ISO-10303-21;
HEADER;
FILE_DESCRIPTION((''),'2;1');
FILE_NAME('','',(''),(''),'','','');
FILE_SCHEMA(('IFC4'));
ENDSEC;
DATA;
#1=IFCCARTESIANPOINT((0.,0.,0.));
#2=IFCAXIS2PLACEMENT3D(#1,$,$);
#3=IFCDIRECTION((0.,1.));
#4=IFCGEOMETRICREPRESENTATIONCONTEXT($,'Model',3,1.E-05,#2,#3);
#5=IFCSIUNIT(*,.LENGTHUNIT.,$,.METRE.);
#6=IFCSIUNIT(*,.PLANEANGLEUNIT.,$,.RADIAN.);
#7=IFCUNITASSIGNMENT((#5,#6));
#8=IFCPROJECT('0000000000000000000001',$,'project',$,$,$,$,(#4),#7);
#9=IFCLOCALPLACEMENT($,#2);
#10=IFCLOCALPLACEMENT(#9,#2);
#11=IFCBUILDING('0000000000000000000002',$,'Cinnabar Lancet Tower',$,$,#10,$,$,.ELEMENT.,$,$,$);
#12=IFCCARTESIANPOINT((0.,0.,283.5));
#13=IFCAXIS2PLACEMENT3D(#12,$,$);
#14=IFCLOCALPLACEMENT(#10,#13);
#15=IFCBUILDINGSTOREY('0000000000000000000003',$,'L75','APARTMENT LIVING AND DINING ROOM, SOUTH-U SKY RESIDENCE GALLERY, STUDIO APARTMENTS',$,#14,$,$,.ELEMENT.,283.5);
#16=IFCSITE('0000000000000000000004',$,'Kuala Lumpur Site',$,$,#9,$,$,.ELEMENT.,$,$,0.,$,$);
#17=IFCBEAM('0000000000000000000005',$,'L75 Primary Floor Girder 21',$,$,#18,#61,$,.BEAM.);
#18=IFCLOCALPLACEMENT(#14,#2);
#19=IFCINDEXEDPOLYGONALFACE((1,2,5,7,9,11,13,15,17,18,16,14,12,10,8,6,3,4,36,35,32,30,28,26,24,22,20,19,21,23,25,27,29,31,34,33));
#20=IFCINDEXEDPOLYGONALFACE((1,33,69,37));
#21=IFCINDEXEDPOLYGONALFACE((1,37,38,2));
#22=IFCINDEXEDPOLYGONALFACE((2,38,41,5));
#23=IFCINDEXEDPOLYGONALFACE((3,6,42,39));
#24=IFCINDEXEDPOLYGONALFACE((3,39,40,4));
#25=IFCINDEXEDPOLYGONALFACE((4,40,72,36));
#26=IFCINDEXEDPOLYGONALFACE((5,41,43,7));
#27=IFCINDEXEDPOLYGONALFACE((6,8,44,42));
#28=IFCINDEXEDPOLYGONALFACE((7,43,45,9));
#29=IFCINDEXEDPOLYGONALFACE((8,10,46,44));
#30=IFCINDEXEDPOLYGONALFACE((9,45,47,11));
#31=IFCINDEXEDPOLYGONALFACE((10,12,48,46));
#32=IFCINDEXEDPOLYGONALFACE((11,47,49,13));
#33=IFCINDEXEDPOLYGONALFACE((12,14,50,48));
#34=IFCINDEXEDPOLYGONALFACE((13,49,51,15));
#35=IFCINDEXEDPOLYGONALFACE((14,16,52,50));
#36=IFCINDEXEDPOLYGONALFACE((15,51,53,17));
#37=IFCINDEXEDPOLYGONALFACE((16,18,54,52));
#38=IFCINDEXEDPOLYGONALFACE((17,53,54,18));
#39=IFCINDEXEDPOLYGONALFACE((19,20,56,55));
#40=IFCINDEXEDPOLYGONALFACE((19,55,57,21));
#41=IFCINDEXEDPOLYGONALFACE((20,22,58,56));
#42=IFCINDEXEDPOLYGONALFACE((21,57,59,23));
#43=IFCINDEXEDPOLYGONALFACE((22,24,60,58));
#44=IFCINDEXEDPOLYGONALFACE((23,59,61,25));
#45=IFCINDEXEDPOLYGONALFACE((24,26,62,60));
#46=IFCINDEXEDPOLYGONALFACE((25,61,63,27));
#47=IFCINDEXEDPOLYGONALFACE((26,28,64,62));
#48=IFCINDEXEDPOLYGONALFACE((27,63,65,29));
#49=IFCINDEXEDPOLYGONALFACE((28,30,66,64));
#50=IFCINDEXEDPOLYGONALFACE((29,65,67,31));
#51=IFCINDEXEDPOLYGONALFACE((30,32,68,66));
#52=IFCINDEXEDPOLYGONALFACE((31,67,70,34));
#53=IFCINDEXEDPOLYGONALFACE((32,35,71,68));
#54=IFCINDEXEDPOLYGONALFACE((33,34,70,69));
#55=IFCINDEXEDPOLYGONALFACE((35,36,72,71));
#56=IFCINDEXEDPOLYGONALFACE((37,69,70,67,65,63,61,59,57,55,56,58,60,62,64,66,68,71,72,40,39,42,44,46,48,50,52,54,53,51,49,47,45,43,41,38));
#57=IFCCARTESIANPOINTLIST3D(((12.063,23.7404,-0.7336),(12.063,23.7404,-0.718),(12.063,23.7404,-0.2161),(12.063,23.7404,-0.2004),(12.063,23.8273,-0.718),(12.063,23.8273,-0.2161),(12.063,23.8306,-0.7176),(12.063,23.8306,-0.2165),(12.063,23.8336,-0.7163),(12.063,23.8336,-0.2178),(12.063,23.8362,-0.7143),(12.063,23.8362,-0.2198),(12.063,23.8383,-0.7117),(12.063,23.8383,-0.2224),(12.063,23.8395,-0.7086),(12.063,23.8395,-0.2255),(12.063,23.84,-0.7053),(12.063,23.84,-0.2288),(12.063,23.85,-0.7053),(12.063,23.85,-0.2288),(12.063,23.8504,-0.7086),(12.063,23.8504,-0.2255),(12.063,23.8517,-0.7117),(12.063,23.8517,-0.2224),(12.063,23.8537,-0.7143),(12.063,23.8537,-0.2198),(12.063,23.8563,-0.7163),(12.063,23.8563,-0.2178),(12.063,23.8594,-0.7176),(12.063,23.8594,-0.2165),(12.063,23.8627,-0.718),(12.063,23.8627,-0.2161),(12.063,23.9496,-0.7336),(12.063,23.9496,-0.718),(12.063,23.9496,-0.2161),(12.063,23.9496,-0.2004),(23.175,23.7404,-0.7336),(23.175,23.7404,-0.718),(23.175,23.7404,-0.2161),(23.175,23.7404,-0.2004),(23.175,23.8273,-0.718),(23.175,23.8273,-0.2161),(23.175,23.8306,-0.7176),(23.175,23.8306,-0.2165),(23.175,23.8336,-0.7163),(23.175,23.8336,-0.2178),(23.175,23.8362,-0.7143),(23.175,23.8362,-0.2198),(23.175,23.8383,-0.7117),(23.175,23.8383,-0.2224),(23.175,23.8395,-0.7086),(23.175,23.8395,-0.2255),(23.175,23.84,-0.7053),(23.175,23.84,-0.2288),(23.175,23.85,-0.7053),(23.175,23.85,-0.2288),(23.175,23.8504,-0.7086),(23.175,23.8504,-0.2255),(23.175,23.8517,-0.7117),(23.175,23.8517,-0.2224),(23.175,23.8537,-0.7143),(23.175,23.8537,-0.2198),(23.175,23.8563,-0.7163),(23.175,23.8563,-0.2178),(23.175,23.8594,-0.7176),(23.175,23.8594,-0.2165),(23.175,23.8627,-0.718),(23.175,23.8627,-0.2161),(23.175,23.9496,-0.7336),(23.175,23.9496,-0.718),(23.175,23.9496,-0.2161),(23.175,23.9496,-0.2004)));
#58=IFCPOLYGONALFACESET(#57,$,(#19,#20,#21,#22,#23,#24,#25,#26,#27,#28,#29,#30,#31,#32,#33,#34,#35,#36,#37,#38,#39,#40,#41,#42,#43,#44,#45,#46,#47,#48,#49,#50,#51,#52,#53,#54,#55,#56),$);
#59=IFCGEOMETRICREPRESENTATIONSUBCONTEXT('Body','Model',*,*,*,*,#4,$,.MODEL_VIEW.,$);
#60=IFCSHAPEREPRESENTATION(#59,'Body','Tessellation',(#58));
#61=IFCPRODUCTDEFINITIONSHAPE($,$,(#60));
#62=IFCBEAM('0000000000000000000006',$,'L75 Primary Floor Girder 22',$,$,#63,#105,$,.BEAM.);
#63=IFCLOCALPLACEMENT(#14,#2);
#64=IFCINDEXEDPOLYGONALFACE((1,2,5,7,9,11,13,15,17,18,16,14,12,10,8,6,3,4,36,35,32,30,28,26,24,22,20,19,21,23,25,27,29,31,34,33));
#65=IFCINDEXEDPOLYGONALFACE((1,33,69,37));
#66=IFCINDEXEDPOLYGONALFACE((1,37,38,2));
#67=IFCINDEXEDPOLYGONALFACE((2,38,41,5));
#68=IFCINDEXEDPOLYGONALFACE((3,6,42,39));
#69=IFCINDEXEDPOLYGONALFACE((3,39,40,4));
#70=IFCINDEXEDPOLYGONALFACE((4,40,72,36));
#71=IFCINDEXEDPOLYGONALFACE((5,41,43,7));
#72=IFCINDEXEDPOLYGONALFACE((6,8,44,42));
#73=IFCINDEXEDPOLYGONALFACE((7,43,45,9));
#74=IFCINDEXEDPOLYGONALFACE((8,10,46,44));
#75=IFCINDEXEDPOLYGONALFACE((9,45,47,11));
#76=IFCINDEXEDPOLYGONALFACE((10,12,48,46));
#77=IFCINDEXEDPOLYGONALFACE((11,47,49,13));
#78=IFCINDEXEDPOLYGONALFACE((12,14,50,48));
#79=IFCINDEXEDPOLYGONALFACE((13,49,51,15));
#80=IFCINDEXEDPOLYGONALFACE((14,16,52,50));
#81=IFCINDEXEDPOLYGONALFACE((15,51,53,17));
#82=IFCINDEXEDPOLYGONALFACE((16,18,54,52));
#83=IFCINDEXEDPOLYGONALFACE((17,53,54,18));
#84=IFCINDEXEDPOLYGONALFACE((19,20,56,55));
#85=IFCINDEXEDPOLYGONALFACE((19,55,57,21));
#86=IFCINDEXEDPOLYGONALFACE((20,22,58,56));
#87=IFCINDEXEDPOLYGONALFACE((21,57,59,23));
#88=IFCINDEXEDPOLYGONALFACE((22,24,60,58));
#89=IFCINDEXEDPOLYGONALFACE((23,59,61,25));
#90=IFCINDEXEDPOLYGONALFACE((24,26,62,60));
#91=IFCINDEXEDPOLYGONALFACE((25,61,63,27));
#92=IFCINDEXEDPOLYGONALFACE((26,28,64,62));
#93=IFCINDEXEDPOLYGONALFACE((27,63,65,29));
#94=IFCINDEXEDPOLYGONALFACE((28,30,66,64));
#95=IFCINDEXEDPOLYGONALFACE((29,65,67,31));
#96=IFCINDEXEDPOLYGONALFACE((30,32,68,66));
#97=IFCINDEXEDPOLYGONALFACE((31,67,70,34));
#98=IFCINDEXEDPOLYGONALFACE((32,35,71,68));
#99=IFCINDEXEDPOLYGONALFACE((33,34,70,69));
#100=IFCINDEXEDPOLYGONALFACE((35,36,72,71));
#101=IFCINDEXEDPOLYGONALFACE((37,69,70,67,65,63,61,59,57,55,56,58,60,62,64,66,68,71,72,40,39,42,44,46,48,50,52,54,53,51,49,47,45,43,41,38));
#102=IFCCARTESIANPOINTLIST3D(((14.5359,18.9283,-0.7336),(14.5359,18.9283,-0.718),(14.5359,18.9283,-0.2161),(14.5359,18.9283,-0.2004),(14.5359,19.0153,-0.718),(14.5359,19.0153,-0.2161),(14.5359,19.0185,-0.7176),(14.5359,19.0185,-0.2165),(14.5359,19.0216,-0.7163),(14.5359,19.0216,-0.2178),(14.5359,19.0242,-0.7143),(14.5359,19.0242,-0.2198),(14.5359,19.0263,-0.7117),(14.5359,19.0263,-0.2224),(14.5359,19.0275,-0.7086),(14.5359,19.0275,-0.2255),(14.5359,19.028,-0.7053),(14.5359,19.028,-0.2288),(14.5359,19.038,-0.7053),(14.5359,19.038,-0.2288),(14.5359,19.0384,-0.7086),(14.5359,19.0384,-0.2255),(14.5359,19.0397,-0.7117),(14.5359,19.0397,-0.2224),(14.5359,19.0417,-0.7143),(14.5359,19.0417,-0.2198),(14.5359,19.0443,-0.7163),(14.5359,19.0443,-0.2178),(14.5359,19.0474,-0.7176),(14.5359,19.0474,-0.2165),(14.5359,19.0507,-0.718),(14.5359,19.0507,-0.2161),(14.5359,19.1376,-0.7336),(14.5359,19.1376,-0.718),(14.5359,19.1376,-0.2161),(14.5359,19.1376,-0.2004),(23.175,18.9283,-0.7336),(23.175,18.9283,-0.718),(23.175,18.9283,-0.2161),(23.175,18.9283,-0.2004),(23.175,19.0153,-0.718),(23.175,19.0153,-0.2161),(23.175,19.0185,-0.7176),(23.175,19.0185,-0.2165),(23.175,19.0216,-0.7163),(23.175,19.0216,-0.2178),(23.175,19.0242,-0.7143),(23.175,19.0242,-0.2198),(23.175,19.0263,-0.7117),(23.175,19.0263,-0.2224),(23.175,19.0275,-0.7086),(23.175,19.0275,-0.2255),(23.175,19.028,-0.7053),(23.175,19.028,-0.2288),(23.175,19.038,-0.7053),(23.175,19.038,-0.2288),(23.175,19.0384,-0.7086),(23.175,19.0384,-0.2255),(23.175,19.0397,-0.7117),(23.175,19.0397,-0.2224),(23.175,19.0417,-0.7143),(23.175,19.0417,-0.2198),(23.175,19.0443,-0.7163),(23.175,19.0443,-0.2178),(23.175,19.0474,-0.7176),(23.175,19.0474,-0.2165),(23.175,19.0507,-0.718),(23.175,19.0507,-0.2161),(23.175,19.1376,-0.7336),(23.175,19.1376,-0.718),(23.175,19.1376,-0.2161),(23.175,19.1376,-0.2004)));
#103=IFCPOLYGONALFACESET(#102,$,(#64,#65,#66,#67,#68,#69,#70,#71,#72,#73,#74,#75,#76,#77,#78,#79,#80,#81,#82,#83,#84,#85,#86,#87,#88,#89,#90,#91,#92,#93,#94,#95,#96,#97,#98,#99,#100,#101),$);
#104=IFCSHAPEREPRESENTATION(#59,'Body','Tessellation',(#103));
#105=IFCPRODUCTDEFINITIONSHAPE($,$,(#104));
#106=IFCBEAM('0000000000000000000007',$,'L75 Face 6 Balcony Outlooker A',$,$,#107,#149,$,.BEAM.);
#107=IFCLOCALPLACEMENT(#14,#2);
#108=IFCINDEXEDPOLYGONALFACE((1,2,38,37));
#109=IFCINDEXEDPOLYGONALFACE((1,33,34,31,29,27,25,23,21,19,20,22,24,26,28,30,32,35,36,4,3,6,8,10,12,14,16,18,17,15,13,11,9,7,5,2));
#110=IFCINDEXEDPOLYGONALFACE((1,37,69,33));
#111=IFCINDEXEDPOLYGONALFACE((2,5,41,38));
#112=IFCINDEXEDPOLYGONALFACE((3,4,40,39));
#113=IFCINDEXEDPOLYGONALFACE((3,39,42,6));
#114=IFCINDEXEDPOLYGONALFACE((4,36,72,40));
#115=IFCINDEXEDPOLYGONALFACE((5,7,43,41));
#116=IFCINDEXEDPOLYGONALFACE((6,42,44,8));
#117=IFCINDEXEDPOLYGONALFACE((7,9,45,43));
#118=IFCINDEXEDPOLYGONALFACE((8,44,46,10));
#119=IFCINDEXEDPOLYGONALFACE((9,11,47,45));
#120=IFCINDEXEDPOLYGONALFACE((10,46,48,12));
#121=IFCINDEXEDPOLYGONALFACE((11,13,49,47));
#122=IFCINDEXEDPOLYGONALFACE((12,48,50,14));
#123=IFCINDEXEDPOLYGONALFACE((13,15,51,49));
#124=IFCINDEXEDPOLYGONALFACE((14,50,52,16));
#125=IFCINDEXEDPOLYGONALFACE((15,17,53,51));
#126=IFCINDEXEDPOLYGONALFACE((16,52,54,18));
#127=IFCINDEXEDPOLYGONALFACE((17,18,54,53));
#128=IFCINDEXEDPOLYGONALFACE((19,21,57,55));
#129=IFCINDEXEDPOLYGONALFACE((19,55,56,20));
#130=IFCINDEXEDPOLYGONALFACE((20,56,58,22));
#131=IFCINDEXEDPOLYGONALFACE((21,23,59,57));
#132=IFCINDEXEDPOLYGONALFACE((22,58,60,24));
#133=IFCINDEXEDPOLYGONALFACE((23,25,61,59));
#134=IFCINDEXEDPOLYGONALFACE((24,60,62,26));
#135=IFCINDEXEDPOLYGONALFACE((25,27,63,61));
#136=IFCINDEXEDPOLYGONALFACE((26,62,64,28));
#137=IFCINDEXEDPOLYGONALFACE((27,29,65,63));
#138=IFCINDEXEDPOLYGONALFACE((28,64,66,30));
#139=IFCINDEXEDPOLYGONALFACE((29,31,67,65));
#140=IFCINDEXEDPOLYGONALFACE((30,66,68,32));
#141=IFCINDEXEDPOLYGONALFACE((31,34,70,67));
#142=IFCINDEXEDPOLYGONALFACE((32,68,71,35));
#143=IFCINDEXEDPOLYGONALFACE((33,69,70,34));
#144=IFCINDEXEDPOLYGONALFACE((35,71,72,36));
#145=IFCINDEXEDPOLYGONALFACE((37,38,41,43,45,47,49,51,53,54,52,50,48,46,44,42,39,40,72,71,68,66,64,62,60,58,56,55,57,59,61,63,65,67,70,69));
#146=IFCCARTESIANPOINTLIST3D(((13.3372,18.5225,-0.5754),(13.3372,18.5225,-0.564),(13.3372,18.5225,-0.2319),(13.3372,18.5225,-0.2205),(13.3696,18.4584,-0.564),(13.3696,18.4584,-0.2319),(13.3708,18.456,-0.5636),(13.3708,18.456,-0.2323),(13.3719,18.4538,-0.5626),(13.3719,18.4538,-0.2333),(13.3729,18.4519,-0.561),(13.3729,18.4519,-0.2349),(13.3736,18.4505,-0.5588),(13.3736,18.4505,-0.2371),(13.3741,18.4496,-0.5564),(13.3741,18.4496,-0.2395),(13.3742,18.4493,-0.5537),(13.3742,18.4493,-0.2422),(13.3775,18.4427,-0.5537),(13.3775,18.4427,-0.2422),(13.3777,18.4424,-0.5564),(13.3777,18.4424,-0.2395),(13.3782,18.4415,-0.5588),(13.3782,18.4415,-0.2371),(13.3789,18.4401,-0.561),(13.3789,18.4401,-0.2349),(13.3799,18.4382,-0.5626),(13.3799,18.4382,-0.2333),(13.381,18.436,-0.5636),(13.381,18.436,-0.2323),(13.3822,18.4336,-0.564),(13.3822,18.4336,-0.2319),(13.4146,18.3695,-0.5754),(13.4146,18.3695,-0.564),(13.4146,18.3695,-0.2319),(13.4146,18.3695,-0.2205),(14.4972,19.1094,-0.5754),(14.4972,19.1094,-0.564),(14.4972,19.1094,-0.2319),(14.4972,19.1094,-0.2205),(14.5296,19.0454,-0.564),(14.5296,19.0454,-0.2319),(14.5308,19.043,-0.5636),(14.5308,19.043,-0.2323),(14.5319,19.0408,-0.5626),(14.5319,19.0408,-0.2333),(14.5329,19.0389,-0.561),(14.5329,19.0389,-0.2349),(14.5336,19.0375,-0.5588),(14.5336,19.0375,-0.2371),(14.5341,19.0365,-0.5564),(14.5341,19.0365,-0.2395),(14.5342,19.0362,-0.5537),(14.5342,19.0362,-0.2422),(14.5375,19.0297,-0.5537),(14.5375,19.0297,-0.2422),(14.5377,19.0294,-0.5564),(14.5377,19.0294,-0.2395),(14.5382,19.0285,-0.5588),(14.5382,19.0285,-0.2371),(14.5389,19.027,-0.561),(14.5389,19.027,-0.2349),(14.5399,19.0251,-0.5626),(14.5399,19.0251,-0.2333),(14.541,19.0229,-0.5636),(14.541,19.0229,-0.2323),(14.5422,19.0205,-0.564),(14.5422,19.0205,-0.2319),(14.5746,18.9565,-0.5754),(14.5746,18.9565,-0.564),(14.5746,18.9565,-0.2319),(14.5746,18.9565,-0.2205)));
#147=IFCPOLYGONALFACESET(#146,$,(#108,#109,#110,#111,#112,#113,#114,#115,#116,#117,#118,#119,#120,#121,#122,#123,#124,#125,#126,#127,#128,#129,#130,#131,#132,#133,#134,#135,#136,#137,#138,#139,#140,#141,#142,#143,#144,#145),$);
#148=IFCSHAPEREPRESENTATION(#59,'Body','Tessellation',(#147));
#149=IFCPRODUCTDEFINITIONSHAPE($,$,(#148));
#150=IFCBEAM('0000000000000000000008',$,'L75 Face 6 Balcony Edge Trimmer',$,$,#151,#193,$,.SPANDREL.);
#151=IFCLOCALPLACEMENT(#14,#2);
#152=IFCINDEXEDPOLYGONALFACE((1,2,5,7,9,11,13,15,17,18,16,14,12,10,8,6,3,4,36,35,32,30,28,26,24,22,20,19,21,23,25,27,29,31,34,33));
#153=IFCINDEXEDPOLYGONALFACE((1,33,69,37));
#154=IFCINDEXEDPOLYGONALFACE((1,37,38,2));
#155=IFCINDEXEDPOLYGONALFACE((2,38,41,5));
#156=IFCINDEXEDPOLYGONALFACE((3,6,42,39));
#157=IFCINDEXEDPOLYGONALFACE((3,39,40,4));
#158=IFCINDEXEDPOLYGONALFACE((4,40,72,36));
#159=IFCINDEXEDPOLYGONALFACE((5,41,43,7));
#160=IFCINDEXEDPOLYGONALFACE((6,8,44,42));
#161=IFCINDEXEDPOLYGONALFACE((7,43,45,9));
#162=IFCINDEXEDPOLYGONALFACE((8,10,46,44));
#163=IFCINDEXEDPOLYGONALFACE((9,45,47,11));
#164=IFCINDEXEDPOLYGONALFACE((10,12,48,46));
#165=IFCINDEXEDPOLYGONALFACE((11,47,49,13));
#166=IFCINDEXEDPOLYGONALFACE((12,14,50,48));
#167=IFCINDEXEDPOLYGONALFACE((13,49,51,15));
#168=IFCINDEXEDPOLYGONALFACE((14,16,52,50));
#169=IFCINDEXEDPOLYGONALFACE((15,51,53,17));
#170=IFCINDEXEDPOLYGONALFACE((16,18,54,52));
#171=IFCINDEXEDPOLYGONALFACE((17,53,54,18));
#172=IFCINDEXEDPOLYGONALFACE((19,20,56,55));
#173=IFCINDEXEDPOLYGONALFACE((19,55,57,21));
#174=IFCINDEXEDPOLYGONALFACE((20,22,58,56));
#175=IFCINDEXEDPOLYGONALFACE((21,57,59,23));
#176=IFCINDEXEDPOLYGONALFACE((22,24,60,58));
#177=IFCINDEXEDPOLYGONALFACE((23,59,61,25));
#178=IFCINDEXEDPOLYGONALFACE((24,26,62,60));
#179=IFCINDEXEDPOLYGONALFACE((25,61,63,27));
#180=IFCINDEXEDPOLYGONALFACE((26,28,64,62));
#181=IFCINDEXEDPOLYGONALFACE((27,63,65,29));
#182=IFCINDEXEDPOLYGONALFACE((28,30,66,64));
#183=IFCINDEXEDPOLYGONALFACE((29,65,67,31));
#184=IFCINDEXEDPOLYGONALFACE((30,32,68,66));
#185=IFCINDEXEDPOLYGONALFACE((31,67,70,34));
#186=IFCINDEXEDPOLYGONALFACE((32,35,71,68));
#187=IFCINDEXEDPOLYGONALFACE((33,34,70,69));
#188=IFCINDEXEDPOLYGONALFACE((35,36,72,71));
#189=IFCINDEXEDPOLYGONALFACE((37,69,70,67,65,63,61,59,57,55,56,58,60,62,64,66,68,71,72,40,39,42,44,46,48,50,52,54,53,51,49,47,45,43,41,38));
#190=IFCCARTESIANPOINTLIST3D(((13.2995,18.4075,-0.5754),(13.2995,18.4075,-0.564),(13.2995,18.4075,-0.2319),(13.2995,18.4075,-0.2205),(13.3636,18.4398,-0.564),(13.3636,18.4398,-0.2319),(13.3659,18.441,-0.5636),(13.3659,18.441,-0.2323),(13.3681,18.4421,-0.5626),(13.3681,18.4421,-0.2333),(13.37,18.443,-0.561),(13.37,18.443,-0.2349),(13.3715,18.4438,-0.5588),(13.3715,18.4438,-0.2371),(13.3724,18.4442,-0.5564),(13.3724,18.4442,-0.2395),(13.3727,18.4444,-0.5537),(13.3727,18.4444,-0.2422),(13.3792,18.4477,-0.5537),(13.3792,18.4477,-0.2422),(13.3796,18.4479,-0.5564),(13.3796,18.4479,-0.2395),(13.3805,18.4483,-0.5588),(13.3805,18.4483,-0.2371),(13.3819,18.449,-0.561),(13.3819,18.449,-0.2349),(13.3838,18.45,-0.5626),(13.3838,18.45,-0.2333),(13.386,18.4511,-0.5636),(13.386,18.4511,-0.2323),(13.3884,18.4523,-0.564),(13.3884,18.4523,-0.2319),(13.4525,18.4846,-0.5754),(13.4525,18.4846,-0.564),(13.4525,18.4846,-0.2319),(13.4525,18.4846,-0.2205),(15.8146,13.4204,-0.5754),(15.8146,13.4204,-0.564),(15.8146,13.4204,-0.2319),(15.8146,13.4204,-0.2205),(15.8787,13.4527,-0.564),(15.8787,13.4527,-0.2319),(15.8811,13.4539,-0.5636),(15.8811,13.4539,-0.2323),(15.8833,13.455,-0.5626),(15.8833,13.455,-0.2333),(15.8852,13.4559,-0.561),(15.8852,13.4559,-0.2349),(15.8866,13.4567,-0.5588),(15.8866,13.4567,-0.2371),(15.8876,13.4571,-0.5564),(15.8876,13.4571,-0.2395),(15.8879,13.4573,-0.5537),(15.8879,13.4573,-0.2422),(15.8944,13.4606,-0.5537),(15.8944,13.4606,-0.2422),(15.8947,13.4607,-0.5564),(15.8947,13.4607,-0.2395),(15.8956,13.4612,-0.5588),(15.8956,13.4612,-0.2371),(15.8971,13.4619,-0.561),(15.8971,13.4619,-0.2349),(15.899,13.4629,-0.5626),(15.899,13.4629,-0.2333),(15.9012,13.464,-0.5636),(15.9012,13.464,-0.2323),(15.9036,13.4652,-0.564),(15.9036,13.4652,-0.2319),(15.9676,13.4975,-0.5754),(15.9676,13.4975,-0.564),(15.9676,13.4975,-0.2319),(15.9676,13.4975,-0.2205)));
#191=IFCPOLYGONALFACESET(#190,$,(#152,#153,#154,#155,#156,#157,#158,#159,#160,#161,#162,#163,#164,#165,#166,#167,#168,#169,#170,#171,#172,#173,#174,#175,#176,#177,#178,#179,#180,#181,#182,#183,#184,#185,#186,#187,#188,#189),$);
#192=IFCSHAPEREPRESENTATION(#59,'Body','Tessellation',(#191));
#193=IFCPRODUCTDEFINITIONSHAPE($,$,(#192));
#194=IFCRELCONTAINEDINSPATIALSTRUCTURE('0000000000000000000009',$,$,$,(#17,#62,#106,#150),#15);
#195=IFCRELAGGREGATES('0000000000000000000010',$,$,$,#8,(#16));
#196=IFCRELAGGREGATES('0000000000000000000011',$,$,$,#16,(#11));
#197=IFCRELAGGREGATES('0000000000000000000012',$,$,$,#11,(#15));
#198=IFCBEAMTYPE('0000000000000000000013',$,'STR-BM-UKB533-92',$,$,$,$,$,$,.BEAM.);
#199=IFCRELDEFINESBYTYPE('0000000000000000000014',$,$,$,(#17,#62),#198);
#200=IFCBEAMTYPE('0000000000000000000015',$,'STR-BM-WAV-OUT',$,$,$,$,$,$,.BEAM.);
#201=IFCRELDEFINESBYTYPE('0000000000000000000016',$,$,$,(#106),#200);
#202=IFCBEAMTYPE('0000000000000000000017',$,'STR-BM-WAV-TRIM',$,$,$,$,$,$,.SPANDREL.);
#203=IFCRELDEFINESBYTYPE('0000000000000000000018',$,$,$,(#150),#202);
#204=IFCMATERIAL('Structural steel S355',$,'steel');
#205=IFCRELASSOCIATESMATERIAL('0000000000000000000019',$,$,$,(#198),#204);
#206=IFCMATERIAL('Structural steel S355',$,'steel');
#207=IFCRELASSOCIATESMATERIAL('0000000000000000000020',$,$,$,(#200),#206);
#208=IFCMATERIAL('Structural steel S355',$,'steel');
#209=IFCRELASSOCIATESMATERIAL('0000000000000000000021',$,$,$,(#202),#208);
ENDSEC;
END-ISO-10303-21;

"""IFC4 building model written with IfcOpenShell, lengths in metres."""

from ifc_helpers import new_model, si_unit, direction, frame, origin, origin_2d, place, context, subcontext, project, spatial, i_section, extrude, material, material_profile, profile_set, type_object, element, save


model = new_model("IFC4")

# Units and contexts
model_context = context("Model", 3, precision=1e-05, world=origin(), true_north=direction((0.0, 1.0)))
body_context = subcontext(model_context, "Body", "Model", "MODEL_VIEW")
ifc_project = project(units=[si_unit("LENGTHUNIT", "METRE"), si_unit("PLANEANGLEUNIT", "RADIAN")], contexts=[model_context])

# Site, building, storey
site_placement = place(None, origin())
site = spatial("IfcSite", under=ifc_project, at=site_placement, Name="Kuala Lumpur Site", CompositionType="ELEMENT", RefElevation=0.0)
building_placement = place(site_placement, origin())
building = spatial("IfcBuilding", under=site, at=building_placement, Name="Cinnabar Lancet Tower", CompositionType="ELEMENT")
storey_placement = place(building_placement, frame((0.0, 0.0, 283.5)))
storey = spatial("IfcBuildingStorey", under=building, at=storey_placement, Name="L75", Description="APARTMENT LIVING AND DINING ROOM, SOUTH-U SKY RESIDENCE GALLERY, STUDIO APARTMENTS", CompositionType="ELEMENT", Elevation=283.5)

# Beams
ifc_material_1 = material(Name="Structural steel S355", Category="steel")
ifc_material_profile_1 = material_profile(ifc_material_1, i_section(OverallWidth=0.2092, OverallDepth=0.5332, WebThickness=0.01, FlangeThickness=0.0156, FilletRadius=0.0127, at=origin_2d()), Name="UKB 533x210x92")
ifc_profile_set_1 = profile_set([ifc_material_profile_1], Name="Structural steel S355")
beam_type_1 = type_object("IfcBeamType", Name="STR-BM-UKB533-92", PredefinedType="BEAM", material=ifc_profile_set_1)
beam_1_placement = place(storey_placement, frame((12.063, 23.845, -0.467), z_axis=(1.0, 0.0, 0.0), x_axis=(0.0, 1.0, 0.0)))
element("IfcBeam", 1, at=beam_1_placement, inside=storey, type_object=beam_type_1, Name="L75 Primary Floor Girder 21", PredefinedType="BEAM", context=body_context, shape_type="SweptSolid", body=[
    extrude(i_section(OverallWidth=0.2092, OverallDepth=0.5332, WebThickness=0.01, FlangeThickness=0.0156, FilletRadius=0.0127, at=origin_2d()), origin(), (0.0, 0.0, 1.0), 11.1121),
])
beam_2_placement = place(storey_placement, frame((14.5359, 19.033, -0.467), z_axis=(1.0, 0.0, 0.0), x_axis=(0.0, 1.0, 0.0)))
element("IfcBeam", 2, at=beam_2_placement, inside=storey, type_object=beam_type_1, Name="L75 Primary Floor Girder 22", PredefinedType="BEAM", context=body_context, shape_type="SweptSolid", body=[
    extrude(i_section(OverallWidth=0.2092, OverallDepth=0.5332, WebThickness=0.01, FlangeThickness=0.0156, FilletRadius=0.0127, at=origin_2d()), origin(), (0.0, 0.0, 1.0), 8.6392),
])
ifc_material_2 = material(Name="Structural steel S355", Category="steel")
ifc_material_profile_2 = material_profile(ifc_material_2, i_section(OverallWidth=0.1714, OverallDepth=0.355, WebThickness=0.0073, FlangeThickness=0.0115, FilletRadius=0.0103, at=origin_2d()), Name="UKB 356x171x51")
ifc_profile_set_2 = profile_set([ifc_material_profile_2], Name="Structural steel S355")
beam_type_2 = type_object("IfcBeamType", Name="STR-BM-WAV-OUT", PredefinedType="BEAM", material=ifc_profile_set_2)
beam_3_placement = place(storey_placement, frame((14.5359, 19.033, -0.3979), z_axis=(-0.892276, -0.45149, 0.0), x_axis=(0.45149, -0.892276, 0.0)))
element("IfcBeam", 3, at=beam_3_placement, inside=storey, type_object=beam_type_2, Name="L75 Face 6 Balcony Outlooker A", PredefinedType="BEAM", context=body_context, shape_type="SweptSolid", body=[
    extrude(i_section(OverallWidth=0.1714, OverallDepth=0.355, WebThickness=0.0073, FlangeThickness=0.0115, FilletRadius=0.0103, at=origin_2d()), origin(), (0.0, 0.0, 1.0), 1.3),
])
ifc_material_3 = material(Name="Structural steel S355", Category="steel")
ifc_material_profile_3 = material_profile(ifc_material_3, i_section(OverallWidth=0.1714, OverallDepth=0.355, WebThickness=0.0073, FlangeThickness=0.0115, FilletRadius=0.0103, at=origin_2d()), Name="UKB 356x171x51")
ifc_profile_set_3 = profile_set([ifc_material_profile_3], Name="Structural steel S355")
beam_type_3 = type_object("IfcBeamType", Name="STR-BM-WAV-TRIM", PredefinedType="SPANDREL", material=ifc_profile_set_3)
beam_4_placement = place(storey_placement, frame((13.376, 18.446, -0.3979), z_axis=(0.450306, -0.892874, 0.0), x_axis=(0.892874, 0.450306, 0.0)))
element("IfcBeam", 4, at=beam_4_placement, inside=storey, type_object=beam_type_3, Name="L75 Face 6 Balcony Edge Trimmer", PredefinedType="SPANDREL", context=body_context, shape_type="SweptSolid", body=[
    extrude(i_section(OverallWidth=0.1714, OverallDepth=0.355, WebThickness=0.0073, FlangeThickness=0.0115, FilletRadius=0.0103, at=origin_2d()), origin(), (0.0, 0.0, 1.0), 5.5854),
])

save(model, "model.ifc")
